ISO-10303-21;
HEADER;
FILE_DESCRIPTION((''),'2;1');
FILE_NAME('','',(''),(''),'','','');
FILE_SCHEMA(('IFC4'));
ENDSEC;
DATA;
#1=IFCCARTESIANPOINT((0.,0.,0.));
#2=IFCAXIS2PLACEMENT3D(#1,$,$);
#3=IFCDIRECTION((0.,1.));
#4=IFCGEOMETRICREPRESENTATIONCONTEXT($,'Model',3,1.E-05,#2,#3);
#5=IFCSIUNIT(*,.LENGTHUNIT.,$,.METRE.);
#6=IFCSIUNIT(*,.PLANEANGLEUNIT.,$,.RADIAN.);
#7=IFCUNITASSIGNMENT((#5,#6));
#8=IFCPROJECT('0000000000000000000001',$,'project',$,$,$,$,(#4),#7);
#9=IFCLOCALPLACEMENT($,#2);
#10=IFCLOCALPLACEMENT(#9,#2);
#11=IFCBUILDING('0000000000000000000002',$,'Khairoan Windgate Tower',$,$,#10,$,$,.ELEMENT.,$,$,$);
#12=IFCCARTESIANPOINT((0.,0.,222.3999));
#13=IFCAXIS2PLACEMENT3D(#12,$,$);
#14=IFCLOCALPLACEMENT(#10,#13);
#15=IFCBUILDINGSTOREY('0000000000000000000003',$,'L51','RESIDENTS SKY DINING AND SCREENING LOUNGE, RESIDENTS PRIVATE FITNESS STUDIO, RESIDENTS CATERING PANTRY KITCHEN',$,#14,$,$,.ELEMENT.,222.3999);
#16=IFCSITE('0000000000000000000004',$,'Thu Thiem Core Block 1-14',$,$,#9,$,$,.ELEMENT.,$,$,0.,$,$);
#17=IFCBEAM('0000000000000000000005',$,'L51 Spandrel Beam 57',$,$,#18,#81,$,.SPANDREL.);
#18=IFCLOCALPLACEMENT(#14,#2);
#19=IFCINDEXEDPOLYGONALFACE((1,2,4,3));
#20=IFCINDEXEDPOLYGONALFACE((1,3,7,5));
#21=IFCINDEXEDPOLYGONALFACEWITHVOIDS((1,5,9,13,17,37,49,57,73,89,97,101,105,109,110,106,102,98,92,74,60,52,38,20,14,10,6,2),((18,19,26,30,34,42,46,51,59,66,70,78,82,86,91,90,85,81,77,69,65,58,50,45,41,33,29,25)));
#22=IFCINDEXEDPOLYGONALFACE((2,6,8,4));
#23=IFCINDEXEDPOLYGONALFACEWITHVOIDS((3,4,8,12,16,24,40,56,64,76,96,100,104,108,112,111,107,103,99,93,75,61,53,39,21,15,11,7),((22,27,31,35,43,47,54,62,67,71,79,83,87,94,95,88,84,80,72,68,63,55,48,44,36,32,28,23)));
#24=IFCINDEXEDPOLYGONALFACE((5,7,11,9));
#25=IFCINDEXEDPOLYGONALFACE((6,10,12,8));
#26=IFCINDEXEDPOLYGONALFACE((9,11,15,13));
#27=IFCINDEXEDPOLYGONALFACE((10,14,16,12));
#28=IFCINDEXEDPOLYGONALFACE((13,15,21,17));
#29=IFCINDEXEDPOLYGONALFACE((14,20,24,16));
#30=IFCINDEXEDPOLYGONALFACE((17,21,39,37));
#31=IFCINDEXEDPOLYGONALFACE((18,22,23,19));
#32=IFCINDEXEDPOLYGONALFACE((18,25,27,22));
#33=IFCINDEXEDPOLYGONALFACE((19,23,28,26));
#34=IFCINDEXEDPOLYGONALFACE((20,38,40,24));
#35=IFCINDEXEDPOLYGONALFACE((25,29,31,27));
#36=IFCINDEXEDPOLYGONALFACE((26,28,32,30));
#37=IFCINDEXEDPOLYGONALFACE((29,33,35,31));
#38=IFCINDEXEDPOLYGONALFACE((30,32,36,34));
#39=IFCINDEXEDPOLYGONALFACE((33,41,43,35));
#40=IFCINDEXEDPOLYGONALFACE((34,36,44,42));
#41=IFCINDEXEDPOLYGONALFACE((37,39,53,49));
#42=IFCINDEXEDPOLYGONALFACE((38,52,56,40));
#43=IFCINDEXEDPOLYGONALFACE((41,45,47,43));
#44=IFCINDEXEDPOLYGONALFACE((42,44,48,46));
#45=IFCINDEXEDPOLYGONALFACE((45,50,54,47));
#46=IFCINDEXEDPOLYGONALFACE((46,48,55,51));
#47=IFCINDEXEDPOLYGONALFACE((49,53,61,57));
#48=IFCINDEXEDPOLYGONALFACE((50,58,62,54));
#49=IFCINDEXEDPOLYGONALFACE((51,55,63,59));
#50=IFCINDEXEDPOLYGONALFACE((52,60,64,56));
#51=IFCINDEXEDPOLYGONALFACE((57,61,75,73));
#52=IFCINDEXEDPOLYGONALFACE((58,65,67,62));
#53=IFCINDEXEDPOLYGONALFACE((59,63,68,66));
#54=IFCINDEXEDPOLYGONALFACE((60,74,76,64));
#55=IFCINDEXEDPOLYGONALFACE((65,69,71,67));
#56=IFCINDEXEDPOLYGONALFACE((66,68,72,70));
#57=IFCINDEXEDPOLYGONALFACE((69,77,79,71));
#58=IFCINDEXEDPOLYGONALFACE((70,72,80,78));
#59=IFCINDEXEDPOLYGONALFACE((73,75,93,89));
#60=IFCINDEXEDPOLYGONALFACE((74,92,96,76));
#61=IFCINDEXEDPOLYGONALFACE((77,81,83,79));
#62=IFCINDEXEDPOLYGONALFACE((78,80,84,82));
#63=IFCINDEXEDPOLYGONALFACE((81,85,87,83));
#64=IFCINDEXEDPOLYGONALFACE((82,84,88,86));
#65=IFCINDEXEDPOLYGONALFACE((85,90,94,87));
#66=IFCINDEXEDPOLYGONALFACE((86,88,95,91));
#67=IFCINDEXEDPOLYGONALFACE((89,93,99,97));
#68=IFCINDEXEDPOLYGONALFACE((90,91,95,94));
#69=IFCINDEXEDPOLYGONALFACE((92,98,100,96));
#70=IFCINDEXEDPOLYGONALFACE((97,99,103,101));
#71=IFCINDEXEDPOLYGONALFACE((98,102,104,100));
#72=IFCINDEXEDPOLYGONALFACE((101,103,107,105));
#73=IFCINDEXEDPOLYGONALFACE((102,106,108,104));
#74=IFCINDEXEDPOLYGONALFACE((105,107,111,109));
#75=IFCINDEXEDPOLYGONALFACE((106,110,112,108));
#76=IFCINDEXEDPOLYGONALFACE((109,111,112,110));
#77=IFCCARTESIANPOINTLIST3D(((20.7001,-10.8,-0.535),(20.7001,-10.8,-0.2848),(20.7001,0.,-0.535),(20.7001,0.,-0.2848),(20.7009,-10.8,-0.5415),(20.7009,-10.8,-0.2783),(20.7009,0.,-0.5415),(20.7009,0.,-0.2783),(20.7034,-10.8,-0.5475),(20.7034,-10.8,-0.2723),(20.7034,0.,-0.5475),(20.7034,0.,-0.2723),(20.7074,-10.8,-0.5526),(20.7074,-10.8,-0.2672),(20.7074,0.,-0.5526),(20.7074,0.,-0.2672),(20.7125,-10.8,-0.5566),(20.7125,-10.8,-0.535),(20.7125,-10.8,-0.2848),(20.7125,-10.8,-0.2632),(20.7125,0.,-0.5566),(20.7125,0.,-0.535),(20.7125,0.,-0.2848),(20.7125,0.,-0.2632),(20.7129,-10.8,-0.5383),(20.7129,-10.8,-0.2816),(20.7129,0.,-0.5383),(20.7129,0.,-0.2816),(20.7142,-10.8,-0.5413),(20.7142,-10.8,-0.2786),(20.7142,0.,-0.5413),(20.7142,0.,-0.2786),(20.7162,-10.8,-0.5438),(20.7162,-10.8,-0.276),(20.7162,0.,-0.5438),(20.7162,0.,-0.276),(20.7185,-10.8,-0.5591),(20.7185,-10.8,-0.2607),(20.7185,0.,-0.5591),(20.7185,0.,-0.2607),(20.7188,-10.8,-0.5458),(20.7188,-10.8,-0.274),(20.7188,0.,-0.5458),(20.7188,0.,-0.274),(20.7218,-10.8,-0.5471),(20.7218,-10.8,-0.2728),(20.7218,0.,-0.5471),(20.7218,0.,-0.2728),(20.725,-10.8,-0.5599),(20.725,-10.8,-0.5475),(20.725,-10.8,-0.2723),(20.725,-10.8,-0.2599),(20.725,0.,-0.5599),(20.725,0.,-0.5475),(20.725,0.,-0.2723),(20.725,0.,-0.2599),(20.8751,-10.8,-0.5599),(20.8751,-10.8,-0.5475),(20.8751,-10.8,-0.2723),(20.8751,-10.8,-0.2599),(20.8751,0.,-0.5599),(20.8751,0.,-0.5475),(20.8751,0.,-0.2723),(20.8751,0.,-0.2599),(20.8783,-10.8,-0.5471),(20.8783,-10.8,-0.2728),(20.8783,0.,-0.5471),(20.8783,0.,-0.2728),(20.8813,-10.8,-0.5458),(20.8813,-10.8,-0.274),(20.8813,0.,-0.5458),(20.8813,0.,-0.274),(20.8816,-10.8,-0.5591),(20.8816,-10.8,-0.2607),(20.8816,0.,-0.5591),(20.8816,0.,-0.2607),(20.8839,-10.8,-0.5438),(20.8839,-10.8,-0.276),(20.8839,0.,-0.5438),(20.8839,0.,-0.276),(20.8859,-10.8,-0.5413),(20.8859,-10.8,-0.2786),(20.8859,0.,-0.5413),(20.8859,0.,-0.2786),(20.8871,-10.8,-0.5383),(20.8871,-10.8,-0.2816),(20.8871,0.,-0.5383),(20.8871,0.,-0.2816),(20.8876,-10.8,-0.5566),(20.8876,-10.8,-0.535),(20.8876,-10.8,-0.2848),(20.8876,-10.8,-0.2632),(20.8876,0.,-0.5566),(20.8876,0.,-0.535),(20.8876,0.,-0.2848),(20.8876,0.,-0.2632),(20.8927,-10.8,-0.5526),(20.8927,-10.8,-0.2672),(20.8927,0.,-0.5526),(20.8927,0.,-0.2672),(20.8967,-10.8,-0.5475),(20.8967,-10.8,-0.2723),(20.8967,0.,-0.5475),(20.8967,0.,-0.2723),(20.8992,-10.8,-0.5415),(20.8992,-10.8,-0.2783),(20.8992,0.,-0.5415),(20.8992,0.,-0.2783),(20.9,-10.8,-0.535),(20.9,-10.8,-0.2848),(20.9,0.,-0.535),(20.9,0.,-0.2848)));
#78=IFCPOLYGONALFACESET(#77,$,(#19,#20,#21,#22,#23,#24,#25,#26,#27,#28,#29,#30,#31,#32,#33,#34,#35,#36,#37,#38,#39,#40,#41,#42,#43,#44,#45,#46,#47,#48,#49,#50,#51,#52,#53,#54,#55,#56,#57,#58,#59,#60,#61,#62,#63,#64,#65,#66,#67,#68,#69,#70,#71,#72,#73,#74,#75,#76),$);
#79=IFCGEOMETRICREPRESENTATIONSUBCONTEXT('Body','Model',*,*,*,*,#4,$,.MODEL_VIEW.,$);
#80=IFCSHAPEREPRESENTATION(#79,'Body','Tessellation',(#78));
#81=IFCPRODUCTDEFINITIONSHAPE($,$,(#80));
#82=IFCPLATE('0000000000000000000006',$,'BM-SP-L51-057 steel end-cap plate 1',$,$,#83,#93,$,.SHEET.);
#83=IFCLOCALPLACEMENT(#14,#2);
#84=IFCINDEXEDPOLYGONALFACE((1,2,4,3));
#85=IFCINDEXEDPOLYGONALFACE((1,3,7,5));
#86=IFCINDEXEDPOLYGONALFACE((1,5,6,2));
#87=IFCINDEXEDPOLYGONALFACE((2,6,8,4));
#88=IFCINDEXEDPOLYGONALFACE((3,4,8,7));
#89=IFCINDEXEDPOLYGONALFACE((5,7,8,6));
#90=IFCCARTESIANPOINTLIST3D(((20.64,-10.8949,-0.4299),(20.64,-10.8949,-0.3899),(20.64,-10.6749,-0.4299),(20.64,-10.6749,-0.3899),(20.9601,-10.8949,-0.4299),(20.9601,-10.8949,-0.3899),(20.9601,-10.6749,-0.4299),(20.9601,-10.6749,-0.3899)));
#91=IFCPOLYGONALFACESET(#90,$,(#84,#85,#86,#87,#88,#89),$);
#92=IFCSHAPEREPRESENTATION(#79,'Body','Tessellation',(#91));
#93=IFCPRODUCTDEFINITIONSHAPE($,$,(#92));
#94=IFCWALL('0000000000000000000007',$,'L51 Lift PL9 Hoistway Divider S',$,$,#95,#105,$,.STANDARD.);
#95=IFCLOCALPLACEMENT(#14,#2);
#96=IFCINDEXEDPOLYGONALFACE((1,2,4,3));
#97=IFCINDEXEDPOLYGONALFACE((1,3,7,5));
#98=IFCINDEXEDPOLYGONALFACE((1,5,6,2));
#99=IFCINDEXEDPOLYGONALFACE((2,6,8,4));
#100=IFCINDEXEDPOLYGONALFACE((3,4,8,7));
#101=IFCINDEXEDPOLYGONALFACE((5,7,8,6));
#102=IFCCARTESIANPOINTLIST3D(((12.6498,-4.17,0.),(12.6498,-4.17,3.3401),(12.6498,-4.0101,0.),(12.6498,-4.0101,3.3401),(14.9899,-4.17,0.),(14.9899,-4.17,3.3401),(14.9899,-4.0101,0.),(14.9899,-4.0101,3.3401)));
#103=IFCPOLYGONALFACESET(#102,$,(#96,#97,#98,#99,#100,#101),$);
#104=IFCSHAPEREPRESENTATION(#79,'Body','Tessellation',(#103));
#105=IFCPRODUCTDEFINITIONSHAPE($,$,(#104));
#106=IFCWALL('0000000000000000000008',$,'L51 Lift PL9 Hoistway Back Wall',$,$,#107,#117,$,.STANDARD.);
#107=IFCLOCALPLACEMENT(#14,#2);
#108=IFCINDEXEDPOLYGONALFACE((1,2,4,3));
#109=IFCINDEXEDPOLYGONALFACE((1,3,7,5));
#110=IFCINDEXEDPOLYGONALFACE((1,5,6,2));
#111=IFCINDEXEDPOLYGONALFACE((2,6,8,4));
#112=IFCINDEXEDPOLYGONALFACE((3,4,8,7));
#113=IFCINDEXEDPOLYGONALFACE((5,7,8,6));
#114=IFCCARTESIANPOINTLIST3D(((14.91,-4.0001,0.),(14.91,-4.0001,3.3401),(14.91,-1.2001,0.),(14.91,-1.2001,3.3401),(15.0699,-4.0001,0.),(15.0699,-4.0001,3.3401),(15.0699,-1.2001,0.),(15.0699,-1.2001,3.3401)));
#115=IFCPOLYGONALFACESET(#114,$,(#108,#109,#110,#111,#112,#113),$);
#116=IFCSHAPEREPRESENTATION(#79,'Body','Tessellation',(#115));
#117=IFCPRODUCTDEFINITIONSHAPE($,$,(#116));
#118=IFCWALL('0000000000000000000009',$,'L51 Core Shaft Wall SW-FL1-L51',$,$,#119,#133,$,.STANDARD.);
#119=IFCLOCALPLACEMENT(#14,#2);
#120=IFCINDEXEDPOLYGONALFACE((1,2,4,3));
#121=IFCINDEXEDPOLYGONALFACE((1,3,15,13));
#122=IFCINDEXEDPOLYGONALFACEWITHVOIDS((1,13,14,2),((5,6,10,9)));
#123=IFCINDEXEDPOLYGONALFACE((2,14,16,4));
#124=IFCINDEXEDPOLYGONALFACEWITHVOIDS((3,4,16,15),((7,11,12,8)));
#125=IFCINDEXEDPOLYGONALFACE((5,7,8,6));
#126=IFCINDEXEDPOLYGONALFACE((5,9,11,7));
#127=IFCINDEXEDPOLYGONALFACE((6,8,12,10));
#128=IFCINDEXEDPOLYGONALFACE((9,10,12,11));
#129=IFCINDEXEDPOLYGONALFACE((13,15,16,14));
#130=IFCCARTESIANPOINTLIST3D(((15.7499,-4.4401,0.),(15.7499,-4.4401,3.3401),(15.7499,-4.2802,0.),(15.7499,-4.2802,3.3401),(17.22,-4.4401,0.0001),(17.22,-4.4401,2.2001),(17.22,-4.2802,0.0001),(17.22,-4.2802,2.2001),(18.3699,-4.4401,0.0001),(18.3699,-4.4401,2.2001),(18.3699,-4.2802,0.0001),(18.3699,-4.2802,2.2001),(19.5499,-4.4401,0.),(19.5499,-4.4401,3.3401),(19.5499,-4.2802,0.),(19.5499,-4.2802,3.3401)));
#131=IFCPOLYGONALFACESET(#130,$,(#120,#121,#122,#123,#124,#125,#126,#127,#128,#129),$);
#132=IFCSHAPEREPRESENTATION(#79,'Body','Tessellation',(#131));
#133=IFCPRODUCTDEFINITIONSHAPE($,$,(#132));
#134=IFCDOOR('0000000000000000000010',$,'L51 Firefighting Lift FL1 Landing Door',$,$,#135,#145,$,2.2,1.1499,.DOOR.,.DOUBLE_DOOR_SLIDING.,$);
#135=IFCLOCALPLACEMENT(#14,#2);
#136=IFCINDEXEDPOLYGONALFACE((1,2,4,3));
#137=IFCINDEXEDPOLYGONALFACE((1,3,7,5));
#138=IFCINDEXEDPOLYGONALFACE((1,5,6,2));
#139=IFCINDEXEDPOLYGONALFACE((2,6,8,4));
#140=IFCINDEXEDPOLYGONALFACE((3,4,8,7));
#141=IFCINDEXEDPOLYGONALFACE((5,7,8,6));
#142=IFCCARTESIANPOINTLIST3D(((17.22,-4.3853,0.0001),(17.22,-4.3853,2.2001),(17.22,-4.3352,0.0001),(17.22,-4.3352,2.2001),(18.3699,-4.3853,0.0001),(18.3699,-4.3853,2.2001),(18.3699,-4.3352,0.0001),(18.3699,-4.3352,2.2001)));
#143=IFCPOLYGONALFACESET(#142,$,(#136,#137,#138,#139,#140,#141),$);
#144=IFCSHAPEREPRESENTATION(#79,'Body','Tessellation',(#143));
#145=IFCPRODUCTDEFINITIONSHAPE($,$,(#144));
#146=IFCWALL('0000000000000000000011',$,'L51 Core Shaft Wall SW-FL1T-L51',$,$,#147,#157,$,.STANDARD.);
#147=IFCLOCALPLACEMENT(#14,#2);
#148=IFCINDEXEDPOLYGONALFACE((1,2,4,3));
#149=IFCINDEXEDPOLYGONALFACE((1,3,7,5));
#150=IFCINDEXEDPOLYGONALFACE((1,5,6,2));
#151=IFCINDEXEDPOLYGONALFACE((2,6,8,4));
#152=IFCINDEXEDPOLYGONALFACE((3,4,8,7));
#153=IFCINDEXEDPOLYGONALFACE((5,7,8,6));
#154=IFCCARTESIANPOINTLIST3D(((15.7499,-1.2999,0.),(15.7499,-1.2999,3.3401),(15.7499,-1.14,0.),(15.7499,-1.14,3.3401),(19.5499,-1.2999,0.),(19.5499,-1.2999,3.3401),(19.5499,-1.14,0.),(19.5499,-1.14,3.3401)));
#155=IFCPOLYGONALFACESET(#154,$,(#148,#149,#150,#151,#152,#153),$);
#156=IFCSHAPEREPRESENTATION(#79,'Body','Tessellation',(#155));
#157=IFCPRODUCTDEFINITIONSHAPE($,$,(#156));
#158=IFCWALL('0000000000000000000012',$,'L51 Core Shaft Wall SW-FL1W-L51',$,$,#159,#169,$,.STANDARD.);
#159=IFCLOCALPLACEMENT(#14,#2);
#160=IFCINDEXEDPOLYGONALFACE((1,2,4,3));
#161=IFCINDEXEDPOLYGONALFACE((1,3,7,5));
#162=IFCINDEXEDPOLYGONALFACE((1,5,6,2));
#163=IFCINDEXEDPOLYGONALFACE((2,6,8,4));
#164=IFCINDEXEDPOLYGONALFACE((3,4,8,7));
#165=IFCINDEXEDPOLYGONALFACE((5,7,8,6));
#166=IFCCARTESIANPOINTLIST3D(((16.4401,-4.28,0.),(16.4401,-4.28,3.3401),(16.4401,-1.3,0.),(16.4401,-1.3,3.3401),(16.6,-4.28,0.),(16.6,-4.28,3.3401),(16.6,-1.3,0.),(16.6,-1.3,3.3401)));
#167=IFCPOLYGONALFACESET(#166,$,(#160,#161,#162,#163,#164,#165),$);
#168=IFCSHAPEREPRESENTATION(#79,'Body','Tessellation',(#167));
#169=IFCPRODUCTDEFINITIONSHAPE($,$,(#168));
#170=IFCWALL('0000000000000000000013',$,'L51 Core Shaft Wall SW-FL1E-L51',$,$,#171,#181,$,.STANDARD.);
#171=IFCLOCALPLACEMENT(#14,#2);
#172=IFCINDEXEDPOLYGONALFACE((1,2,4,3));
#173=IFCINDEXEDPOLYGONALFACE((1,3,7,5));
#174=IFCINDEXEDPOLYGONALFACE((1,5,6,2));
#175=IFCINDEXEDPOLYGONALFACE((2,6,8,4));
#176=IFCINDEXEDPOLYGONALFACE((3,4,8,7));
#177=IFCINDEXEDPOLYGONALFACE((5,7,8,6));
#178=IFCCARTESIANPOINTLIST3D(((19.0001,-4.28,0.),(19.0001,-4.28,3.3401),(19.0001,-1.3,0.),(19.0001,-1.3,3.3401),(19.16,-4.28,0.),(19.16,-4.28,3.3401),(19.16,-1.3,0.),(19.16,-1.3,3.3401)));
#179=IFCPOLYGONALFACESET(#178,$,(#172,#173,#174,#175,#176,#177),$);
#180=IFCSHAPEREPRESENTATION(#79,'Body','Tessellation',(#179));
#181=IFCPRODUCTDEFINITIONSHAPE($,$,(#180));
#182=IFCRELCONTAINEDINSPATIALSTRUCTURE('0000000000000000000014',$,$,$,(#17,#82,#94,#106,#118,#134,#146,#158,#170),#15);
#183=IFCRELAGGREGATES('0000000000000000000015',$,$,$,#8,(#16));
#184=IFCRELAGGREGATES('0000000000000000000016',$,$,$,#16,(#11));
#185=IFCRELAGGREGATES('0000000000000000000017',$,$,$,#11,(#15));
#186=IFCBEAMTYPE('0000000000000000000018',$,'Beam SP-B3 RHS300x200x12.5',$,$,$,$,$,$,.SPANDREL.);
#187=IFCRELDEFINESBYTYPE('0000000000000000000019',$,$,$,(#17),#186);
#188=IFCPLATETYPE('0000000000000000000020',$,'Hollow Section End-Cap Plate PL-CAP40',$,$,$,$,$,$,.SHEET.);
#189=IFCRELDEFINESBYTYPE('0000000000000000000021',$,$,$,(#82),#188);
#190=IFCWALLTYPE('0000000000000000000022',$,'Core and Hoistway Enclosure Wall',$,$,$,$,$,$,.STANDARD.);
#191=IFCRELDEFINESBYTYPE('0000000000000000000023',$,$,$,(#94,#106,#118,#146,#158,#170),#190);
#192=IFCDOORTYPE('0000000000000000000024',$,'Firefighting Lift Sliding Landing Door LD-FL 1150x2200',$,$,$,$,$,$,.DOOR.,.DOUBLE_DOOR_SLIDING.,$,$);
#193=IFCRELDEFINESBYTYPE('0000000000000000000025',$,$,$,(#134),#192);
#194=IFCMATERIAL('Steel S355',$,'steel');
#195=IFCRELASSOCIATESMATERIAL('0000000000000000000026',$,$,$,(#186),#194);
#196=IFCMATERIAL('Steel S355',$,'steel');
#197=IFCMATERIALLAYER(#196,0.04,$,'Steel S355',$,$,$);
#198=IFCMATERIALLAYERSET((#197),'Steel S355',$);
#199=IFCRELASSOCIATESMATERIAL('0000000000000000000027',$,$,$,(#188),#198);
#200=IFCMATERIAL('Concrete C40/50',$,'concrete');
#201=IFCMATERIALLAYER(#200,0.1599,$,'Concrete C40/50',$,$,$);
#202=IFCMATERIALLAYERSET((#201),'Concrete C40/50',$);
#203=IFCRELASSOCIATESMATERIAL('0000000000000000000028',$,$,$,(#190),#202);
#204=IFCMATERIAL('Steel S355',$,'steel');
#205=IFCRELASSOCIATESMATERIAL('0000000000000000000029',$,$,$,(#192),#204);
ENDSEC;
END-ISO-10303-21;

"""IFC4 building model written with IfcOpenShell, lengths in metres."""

from ifc_helpers import new_model, si_unit, direction, frame, frame_2d, origin, origin_2d, place, context, subcontext, project, spatial, rectangle, hollow_rectangle, extrude, material, layer, layer_set, material_profile, profile_set, type_object, element, fill, save


model = new_model("IFC4")

# Units and contexts
model_context = context("Model", 3, precision=1e-05, world=origin(), true_north=direction((0.0, 1.0)))
body_context = subcontext(model_context, "Body", "Model", "MODEL_VIEW")
ifc_project = project(units=[si_unit("LENGTHUNIT", "METRE"), si_unit("PLANEANGLEUNIT", "RADIAN")], contexts=[model_context])

# Site, building, storey
site_placement = place(None, origin())
site = spatial("IfcSite", under=ifc_project, at=site_placement, Name="Thu Thiem Core Block 1-14", CompositionType="ELEMENT", RefElevation=0.0)
building_placement = place(site_placement, origin())
building = spatial("IfcBuilding", under=site, at=building_placement, Name="Khairoan Windgate Tower", CompositionType="ELEMENT")
storey_placement = place(building_placement, frame((0.0, 0.0, 222.3999)))
storey = spatial("IfcBuildingStorey", under=building, at=storey_placement, Name="L51", Description="RESIDENTS SKY DINING AND SCREENING LOUNGE, RESIDENTS PRIVATE FITNESS STUDIO, RESIDENTS CATERING PANTRY KITCHEN", CompositionType="ELEMENT", Elevation=222.3999)

# Beam
ifc_material_1 = material(Name="Steel S355", Category="steel")
ifc_material_profile_1 = material_profile(ifc_material_1, hollow_rectangle(XDim=0.2, YDim=0.3, WallThickness=0.0125, InnerFilletRadius=0.0125, OuterFilletRadius=0.0249, at=origin_2d()))
ifc_profile_set_1 = profile_set([ifc_material_profile_1], Name="Steel S355")
beam_type_1 = type_object("IfcBeamType", Name="Beam SP-B3 RHS300x200x12.5", PredefinedType="SPANDREL", material=ifc_profile_set_1)
beam_1_placement = place(storey_placement, frame((20.8, -10.8, -0.4099), z_axis=(0.0, 1.0, 0.0), x_axis=(-1.0, 0.0, 0.0)))
element("IfcBeam", 1, at=beam_1_placement, inside=storey, type_object=beam_type_1, Name="L51 Spandrel Beam 57", PredefinedType="SPANDREL", context=body_context, shape_type="SweptSolid", body=[
    extrude(hollow_rectangle(XDim=0.2, YDim=0.3, WallThickness=0.0125, InnerFilletRadius=0.0125, OuterFilletRadius=0.0249, at=origin_2d()), origin(), (0.0, 0.0, 1.0), 10.8),
])

# Plate
ifc_material_2 = material(Name="Steel S355", Category="steel")
ifc_layer_1 = layer(ifc_material_2, 0.04, Name="Steel S355")
ifc_layer_set_1 = layer_set([ifc_layer_1], Name="Steel S355")
plate_type = type_object("IfcPlateType", Name="Hollow Section End-Cap Plate PL-CAP40", PredefinedType="SHEET", material=ifc_layer_set_1)
plate_placement = place(storey_placement, frame((20.8, -10.7849, -0.4299), z_axis=(0.0, 0.0, 1.0), x_axis=(0.0, 1.0, 0.0)))
element("IfcPlate", 2, at=plate_placement, inside=storey, type_object=plate_type, Name="BM-SP-L51-057 steel end-cap plate 1", PredefinedType="SHEET", context=body_context, shape_type="SweptSolid", body=[
    extrude(rectangle(XDim=0.22, YDim=0.3201, at=origin_2d()), origin(), (0.0, 0.0, 1.0), 0.04),
])

# Walls
ifc_material_3 = material(Name="Concrete C40/50", Category="concrete")
ifc_layer_2 = layer(ifc_material_3, 0.1599, Name="Concrete C40/50")
ifc_layer_set_2 = layer_set([ifc_layer_2], Name="Concrete C40/50")
wall_type_1 = type_object("IfcWallType", Name="Core and Hoistway Enclosure Wall", PredefinedType="STANDARD", material=ifc_layer_set_2)
wall_1_placement = place(storey_placement, frame((12.6499, -4.0901, 0.0), z_axis=(0.0, 0.0, 1.0), x_axis=(1.0, 0.0, 0.0)))
element("IfcWall", 3, at=wall_1_placement, inside=storey, type_object=wall_type_1, Name="L51 Lift PL9 Hoistway Divider S", PredefinedType="STANDARD", context=body_context, shape_type="SweptSolid", body=[
    extrude(rectangle(XDim=2.3401, YDim=0.1599, at=frame_2d((1.1699, 0.0))), origin(), (0.0, 0.0, 1.0), 3.3401),
])
wall_2_placement = place(storey_placement, frame((14.99, -4.0, 0.0), z_axis=(0.0, 0.0, 1.0), x_axis=(0.0, 1.0, 0.0)))
element("IfcWall", 4, at=wall_2_placement, inside=storey, type_object=wall_type_1, Name="L51 Lift PL9 Hoistway Back Wall", PredefinedType="STANDARD", context=body_context, shape_type="SweptSolid", body=[
    extrude(rectangle(XDim=2.8, YDim=0.1599, at=frame_2d((1.3999, 0.0))), origin(), (0.0, 0.0, 1.0), 3.3401),
])

# Wall, opening, door
wall_3_placement = place(storey_placement, frame((15.75, -4.3601, 0.0), z_axis=(0.0, 0.0, 1.0), x_axis=(1.0, 0.0, 0.0)))
wall_3 = element("IfcWall", 5, at=wall_3_placement, inside=storey, type_object=wall_type_1, Name="L51 Core Shaft Wall SW-FL1-L51", PredefinedType="STANDARD", context=body_context, shape_type="SweptSolid", body=[
    extrude(rectangle(XDim=3.8, YDim=0.1599, at=frame_2d((1.8999, 0.0))), origin(), (0.0, 0.0, 1.0), 3.3401),
])
opening_1_placement = place(wall_3_placement, frame((1.47, 0.0, 0.0)))
opening_1 = element("IfcOpeningElement", 6, at=opening_1_placement, cuts=wall_3, PredefinedType="OPENING", context=body_context, shape_type="SweptSolid", body=[
    extrude(rectangle(XDim=1.1499, YDim=2.2, at=frame_2d((0.575, 1.1001))), frame((0.0, 0.0898, 0.0), z_axis=(0.0, -1.0, 0.0), x_axis=(1.0, 0.0, 0.0)), (0.0, 0.0, 1.0), 0.1799),
])
ifc_material_4 = material(Name="Steel S355", Category="steel")
door_type_1 = type_object("IfcDoorType", Name="Firefighting Lift Sliding Landing Door LD-FL 1150x2200", OperationType="DOUBLE_DOOR_SLIDING", PredefinedType="DOOR", material=ifc_material_4)
door_1_placement = place(opening_1_placement, origin())
door_1 = element("IfcDoor", 7, at=door_1_placement, inside=storey, type_object=door_type_1, Name="L51 Firefighting Lift FL1 Landing Door", OperationType="DOUBLE_DOOR_SLIDING", OverallHeight=2.2, OverallWidth=1.1499, PredefinedType="DOOR", context=body_context, shape_type="SweptSolid", body=[
    extrude(rectangle(XDim=1.1499, YDim=2.2, at=frame_2d((0.575, 1.1001))), frame((0.0, 0.0249, 0.0), z_axis=(0.0, -1.0, 0.0), x_axis=(1.0, 0.0, 0.0)), (0.0, 0.0, 1.0), 0.05),
])
fill(opening_1, door_1)

# Walls
wall_4_placement = place(storey_placement, frame((15.75, -1.22, 0.0), z_axis=(0.0, 0.0, 1.0), x_axis=(1.0, 0.0, 0.0)))
element("IfcWall", 8, at=wall_4_placement, inside=storey, type_object=wall_type_1, Name="L51 Core Shaft Wall SW-FL1T-L51", PredefinedType="STANDARD", context=body_context, shape_type="SweptSolid", body=[
    extrude(rectangle(XDim=3.8, YDim=0.1599, at=frame_2d((1.8999, 0.0))), origin(), (0.0, 0.0, 1.0), 3.3401),
])
for number, where, z_axis, x_axis, name in (
    (9, (16.52, -4.28, 0.0), (0.0, 0.0, 1.0), (0.0, 1.0, 0.0), "L51 Core Shaft Wall SW-FL1W-L51"),
    (10, (19.0801, -4.28, 0.0), (0.0, 0.0, 1.0), (0.0, 1.0, 0.0), "L51 Core Shaft Wall SW-FL1E-L51"),
):
    element("IfcWall", number, at=place(storey_placement, frame(where, z_axis=z_axis, x_axis=x_axis)), inside=storey, type_object=wall_type_1, Name=name, PredefinedType="STANDARD", context=body_context, shape_type="SweptSolid", body=[
        extrude(rectangle(XDim=2.98, YDim=0.1599, at=frame_2d((1.49, 0.0))), origin(), (0.0, 0.0, 1.0), 3.3401),
    ])

save(model, "model.ifc")
